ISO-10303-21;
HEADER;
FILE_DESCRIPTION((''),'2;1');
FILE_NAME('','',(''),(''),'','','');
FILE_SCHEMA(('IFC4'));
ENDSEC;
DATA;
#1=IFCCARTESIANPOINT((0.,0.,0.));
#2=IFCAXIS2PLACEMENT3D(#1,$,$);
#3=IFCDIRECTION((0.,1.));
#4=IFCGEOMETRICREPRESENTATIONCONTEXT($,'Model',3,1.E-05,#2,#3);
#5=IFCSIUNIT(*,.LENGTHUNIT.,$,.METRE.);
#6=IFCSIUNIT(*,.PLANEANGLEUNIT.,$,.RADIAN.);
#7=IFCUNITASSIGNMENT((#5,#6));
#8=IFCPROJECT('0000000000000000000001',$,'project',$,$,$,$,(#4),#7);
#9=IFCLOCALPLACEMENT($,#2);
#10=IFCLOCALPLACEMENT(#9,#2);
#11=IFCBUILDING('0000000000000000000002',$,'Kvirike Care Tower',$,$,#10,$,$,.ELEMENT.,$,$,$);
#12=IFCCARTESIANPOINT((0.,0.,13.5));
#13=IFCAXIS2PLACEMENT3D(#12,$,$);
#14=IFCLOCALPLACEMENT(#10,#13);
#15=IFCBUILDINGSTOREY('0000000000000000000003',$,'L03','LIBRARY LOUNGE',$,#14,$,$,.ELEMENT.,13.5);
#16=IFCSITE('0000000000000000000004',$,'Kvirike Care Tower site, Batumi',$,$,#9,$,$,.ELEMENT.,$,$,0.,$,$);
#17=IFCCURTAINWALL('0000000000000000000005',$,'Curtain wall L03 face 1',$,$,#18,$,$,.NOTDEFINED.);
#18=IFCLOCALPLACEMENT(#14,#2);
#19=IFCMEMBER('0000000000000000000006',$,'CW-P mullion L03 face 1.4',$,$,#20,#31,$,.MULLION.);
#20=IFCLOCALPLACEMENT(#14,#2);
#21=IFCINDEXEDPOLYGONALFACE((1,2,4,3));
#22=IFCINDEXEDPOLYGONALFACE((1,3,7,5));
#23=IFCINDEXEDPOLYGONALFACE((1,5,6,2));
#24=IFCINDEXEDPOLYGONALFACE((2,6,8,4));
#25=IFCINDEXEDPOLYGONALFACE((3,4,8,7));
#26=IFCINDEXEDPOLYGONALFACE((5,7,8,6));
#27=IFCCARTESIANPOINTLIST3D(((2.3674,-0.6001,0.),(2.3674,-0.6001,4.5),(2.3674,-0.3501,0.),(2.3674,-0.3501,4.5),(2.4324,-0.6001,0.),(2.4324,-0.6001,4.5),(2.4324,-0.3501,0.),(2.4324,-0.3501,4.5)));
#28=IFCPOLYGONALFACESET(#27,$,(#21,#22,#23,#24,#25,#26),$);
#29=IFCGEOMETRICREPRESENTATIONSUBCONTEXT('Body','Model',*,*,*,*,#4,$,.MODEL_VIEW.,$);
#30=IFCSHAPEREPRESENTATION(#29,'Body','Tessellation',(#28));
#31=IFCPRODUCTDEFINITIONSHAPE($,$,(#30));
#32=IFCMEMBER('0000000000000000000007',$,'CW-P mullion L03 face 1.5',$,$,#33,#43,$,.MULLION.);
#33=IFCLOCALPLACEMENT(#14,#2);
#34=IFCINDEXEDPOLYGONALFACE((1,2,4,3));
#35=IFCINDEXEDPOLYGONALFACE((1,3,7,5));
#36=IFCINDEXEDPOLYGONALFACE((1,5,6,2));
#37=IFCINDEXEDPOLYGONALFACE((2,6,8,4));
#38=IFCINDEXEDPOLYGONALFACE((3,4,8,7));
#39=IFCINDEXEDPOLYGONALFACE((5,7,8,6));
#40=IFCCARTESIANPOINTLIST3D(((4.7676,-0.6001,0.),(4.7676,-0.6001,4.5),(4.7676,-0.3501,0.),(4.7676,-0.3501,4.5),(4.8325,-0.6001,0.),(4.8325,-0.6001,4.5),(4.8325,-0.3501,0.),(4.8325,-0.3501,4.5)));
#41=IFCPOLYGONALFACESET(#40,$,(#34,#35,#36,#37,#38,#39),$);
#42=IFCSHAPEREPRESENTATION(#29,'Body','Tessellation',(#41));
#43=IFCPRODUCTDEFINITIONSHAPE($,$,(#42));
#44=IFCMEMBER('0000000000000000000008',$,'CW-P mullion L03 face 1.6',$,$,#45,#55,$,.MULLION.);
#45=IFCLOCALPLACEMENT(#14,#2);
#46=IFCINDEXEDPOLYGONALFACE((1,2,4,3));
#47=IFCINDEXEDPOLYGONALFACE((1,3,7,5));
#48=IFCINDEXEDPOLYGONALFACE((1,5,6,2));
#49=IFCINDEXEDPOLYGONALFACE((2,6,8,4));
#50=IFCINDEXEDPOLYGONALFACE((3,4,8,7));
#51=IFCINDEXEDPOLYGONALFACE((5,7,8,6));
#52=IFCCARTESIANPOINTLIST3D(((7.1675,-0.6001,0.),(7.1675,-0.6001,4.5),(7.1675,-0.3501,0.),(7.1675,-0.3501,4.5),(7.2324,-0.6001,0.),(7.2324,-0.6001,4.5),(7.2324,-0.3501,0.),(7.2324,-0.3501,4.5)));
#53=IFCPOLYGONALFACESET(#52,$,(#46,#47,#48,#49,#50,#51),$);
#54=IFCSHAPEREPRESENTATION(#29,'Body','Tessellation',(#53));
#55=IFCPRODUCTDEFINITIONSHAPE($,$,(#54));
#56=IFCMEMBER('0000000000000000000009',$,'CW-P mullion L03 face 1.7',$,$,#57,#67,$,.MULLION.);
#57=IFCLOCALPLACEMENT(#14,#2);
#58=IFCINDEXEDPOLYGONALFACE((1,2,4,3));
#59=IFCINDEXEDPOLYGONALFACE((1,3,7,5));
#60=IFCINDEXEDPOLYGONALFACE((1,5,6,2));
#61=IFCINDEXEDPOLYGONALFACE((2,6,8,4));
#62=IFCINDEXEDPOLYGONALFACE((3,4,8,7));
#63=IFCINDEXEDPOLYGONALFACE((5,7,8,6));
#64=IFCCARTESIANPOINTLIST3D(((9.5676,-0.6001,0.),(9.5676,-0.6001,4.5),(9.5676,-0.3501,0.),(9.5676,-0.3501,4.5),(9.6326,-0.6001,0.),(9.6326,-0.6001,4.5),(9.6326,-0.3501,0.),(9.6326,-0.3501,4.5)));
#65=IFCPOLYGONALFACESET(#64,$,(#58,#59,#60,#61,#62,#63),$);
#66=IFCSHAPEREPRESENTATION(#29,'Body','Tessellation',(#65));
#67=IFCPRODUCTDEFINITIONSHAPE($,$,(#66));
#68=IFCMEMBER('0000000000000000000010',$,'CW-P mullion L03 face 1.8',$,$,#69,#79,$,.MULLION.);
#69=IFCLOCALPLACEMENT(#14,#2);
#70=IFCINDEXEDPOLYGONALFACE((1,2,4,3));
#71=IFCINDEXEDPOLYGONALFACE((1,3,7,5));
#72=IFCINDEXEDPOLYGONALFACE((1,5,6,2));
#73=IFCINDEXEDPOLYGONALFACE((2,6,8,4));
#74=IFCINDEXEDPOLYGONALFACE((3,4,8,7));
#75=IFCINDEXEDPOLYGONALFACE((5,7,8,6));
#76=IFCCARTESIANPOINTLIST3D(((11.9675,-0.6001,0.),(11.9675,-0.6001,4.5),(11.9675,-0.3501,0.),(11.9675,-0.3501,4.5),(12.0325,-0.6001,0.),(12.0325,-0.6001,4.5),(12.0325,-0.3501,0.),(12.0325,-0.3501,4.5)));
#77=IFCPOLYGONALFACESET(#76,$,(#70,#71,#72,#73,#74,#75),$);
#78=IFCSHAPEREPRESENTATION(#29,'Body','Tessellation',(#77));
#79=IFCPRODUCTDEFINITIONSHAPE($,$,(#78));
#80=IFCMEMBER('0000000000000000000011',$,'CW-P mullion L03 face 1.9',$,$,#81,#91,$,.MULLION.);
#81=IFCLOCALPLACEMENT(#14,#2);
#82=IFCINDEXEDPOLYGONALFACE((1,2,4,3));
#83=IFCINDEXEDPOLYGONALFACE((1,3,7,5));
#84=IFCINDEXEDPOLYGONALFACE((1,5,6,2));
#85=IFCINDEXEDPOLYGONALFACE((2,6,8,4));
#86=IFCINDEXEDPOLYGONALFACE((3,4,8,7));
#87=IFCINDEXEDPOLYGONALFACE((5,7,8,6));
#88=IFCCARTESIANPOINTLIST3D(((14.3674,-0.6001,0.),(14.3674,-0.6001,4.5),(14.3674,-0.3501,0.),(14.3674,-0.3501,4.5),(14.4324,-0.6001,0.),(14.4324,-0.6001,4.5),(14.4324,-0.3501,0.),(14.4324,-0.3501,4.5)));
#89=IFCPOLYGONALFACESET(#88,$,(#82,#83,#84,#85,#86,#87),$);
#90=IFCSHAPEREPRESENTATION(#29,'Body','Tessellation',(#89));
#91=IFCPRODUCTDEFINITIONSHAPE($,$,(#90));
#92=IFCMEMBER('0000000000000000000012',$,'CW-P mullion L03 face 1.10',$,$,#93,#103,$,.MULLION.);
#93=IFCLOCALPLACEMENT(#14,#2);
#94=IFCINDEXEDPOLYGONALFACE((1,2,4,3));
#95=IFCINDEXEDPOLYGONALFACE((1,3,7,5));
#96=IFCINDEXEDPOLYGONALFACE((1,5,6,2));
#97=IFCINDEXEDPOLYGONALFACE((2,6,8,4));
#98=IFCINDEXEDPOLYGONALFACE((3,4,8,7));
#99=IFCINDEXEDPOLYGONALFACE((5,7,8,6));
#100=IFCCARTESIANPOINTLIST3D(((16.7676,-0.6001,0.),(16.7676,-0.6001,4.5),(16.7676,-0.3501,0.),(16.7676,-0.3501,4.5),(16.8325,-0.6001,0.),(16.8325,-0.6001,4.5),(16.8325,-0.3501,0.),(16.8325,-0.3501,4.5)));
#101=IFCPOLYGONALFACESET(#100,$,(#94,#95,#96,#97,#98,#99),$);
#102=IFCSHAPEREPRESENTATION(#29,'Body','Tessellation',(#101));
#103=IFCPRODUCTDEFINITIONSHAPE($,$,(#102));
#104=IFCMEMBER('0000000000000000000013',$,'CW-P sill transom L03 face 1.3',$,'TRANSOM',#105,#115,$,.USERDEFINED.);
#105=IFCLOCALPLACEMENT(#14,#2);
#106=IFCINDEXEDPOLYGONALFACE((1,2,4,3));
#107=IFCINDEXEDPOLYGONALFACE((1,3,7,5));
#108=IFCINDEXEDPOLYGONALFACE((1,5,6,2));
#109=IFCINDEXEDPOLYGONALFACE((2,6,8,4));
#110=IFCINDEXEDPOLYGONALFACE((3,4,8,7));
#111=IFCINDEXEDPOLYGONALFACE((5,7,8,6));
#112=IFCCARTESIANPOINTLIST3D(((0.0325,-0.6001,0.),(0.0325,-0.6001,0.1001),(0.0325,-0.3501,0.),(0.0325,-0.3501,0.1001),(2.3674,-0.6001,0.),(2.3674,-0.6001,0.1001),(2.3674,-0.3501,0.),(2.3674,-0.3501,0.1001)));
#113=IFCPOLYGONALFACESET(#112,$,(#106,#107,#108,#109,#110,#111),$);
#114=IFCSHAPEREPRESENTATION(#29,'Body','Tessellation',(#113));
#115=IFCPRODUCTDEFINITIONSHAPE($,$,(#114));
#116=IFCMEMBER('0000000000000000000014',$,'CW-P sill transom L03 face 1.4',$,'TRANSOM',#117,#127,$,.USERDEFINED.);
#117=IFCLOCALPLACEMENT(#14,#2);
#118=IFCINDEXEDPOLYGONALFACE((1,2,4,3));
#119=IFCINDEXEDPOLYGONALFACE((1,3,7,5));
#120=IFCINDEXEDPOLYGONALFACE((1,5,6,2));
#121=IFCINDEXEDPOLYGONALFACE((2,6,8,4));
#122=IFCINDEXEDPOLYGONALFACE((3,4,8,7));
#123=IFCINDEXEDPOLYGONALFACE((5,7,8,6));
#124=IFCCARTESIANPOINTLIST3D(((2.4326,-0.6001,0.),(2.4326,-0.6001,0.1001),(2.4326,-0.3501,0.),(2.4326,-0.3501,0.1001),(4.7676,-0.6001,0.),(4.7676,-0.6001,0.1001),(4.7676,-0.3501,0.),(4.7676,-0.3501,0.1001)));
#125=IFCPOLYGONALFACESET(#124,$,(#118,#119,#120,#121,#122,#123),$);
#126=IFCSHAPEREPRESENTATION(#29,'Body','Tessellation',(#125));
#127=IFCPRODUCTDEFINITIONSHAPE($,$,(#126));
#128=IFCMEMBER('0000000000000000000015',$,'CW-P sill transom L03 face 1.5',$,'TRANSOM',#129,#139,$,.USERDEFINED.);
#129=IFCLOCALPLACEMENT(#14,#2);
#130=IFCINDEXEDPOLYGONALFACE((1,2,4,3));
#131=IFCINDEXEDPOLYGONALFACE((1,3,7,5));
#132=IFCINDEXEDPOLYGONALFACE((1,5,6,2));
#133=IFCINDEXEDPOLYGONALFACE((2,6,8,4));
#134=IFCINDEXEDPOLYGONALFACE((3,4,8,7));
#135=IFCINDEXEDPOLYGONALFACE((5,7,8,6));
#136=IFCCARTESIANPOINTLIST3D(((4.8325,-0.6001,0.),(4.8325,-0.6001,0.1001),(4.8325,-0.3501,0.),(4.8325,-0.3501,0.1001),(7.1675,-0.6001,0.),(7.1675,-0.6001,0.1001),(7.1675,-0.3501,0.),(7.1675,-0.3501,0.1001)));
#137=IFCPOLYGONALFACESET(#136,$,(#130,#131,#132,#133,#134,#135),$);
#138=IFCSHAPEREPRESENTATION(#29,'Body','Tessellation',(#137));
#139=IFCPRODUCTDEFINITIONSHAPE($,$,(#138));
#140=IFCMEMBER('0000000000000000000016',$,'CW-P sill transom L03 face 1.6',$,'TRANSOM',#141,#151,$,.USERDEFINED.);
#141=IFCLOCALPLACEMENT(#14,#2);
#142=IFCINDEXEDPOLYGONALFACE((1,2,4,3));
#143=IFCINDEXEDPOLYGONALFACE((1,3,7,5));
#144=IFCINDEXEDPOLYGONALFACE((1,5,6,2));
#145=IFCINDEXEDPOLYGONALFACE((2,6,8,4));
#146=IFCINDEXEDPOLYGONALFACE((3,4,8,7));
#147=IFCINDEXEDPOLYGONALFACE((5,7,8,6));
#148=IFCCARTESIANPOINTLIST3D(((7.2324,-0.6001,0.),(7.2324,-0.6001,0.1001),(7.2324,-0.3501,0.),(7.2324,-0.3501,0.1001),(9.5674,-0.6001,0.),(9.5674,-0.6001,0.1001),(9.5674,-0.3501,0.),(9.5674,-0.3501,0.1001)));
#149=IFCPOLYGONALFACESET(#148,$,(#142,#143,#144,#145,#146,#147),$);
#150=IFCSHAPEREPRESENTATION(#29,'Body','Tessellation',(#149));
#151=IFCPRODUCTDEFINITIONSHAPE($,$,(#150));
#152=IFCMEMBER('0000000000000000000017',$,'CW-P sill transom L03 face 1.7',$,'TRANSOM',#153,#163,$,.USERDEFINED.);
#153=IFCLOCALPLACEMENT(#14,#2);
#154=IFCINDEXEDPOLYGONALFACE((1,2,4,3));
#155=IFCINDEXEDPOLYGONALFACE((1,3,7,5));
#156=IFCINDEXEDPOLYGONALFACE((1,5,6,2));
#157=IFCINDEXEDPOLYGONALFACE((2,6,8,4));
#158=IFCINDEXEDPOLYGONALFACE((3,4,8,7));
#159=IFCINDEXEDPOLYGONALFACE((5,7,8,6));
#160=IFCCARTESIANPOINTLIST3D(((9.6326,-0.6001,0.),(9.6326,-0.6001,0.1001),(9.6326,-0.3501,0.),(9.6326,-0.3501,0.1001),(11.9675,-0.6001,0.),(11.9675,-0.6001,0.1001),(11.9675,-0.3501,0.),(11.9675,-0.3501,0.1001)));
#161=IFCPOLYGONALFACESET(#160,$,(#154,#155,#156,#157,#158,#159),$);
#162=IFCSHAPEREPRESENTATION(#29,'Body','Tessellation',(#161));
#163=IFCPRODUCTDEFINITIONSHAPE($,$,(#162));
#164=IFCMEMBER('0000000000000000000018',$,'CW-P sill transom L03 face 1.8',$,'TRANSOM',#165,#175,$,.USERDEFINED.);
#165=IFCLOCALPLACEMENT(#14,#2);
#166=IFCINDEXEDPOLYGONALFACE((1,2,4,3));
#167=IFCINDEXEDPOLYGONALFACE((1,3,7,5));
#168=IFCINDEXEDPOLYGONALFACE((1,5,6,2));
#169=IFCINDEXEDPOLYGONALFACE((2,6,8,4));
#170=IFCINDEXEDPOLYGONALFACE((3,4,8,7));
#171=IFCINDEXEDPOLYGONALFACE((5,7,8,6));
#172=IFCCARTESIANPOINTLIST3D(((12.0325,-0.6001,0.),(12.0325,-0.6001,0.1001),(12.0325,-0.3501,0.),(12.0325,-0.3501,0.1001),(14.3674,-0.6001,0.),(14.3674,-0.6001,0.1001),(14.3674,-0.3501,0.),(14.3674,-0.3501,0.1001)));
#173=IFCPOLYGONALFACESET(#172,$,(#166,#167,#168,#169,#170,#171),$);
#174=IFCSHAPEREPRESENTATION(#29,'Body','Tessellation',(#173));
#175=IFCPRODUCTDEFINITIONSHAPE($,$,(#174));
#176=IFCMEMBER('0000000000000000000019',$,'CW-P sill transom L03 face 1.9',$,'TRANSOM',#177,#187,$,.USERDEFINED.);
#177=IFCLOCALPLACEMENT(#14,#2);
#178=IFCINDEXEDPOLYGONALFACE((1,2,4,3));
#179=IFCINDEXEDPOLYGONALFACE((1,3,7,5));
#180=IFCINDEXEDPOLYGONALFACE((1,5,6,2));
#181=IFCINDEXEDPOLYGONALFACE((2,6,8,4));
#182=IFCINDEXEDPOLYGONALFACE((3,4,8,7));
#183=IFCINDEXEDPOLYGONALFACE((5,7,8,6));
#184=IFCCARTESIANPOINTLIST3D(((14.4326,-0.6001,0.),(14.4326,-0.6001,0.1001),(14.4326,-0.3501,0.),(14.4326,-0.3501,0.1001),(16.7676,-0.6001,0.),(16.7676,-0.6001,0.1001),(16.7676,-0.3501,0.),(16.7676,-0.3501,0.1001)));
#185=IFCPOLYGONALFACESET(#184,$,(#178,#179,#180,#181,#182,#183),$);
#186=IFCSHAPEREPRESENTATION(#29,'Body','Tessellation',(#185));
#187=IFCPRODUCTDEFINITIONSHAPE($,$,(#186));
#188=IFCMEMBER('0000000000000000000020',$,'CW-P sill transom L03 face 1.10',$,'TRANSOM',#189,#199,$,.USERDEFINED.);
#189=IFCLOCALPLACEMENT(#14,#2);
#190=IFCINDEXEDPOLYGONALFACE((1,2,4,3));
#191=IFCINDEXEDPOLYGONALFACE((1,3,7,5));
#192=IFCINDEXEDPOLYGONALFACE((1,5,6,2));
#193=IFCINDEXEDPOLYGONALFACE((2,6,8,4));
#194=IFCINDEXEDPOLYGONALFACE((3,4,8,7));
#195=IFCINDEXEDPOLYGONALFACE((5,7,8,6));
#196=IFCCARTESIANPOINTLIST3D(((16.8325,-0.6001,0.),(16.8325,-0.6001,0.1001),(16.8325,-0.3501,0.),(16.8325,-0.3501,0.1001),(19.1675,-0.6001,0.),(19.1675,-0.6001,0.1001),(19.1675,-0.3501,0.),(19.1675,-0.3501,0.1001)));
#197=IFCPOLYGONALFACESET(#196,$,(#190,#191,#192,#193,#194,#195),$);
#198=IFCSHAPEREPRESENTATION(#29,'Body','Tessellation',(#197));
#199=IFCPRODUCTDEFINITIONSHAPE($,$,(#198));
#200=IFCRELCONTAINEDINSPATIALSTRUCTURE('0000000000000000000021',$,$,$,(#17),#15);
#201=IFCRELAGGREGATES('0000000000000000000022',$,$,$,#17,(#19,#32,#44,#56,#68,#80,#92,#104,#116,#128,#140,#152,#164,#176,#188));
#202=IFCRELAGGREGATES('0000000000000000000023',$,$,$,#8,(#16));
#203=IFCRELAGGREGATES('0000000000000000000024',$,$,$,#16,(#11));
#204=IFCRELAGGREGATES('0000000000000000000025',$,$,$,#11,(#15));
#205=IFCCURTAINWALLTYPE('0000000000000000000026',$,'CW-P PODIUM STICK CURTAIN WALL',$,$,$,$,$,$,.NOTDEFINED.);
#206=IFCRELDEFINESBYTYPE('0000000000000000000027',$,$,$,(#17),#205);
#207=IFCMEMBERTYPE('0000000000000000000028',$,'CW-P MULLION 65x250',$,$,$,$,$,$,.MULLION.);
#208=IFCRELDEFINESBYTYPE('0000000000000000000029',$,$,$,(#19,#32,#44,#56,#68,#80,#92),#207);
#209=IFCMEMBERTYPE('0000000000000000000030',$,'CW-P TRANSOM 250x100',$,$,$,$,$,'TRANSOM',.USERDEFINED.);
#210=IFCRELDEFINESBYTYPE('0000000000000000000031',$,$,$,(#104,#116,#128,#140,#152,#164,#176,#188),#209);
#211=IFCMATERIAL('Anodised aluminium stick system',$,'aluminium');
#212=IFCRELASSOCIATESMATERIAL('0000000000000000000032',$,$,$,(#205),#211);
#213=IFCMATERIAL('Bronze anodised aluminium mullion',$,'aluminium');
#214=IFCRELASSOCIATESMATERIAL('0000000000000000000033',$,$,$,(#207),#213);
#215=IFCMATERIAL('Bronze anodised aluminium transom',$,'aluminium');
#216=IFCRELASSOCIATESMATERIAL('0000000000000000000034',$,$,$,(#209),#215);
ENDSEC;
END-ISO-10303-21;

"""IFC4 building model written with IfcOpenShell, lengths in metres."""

from ifc_helpers import new_model, si_unit, direction, frame, origin, origin_2d, place, context, subcontext, project, spatial, rectangle, extrude, material, material_profile, profile_set, type_object, element, aggregate, save


model = new_model("IFC4")

# Units and contexts
model_context = context("Model", 3, precision=1e-05, world=origin(), true_north=direction((0.0, 1.0)))
body_context = subcontext(model_context, "Body", "Model", "MODEL_VIEW")
ifc_project = project(units=[si_unit("LENGTHUNIT", "METRE"), si_unit("PLANEANGLEUNIT", "RADIAN")], contexts=[model_context])

# Site, building, storey
site_placement = place(None, origin())
site = spatial("IfcSite", under=ifc_project, at=site_placement, Name="Kvirike Care Tower site, Batumi", CompositionType="ELEMENT", RefElevation=0.0)
building_placement = place(site_placement, origin())
building = spatial("IfcBuilding", under=site, at=building_placement, Name="Kvirike Care Tower", CompositionType="ELEMENT")
storey_placement = place(building_placement, frame((0.0, 0.0, 13.5)))
storey = spatial("IfcBuildingStorey", under=building, at=storey_placement, Name="L03", Description="LIBRARY LOUNGE", CompositionType="ELEMENT", Elevation=13.5)

# Curtain wall, members
ifc_material_1 = material(Name="Anodised aluminium stick system", Category="aluminium")
curtain_wall_type = type_object("IfcCurtainWallType", Name="CW-P PODIUM STICK CURTAIN WALL", PredefinedType="NOTDEFINED", material=ifc_material_1)
curtain_wall_placement = place(storey_placement, origin())
curtain_wall = element("IfcCurtainWall", 1, at=curtain_wall_placement, inside=storey, type_object=curtain_wall_type, Name="Curtain wall L03 face 1", PredefinedType="NOTDEFINED")
ifc_material_2 = material(Name="Bronze anodised aluminium mullion", Category="aluminium")
ifc_material_profile_1 = material_profile(ifc_material_2, rectangle(XDim=0.0649, YDim=0.25, at=origin_2d()), Name="CW-P MULLION 65x250")
ifc_profile_set_1 = profile_set([ifc_material_profile_1], Name="Bronze anodised aluminium mullion")
member_type_1 = type_object("IfcMemberType", Name="CW-P MULLION 65x250", PredefinedType="MULLION", material=ifc_profile_set_1)
member_1_placement = place(storey_placement, frame((2.3999, -0.4751, 0.0), z_axis=(0.0, 0.0, 1.0), x_axis=(1.0, 0.0, 0.0)))
member_1 = element("IfcMember", 2, at=member_1_placement, type_object=member_type_1, Name="CW-P mullion L03 face 1.4", PredefinedType="MULLION", context=body_context, shape_type="SweptSolid", body=[
    extrude(rectangle(XDim=0.0649, YDim=0.25, at=origin_2d()), origin(), (0.0, 0.0, 1.0), 4.5),
])
member_2_placement = place(storey_placement, frame((4.8, -0.4751, 0.0), z_axis=(0.0, 0.0, 1.0), x_axis=(1.0, 0.0, 0.0)))
member_2 = element("IfcMember", 3, at=member_2_placement, type_object=member_type_1, Name="CW-P mullion L03 face 1.5", PredefinedType="MULLION", context=body_context, shape_type="SweptSolid", body=[
    extrude(rectangle(XDim=0.0649, YDim=0.25, at=origin_2d()), origin(), (0.0, 0.0, 1.0), 4.5),
])
member_3_placement = place(storey_placement, frame((7.2, -0.4751, 0.0), z_axis=(0.0, 0.0, 1.0), x_axis=(1.0, 0.0, 0.0)))
member_3 = element("IfcMember", 4, at=member_3_placement, type_object=member_type_1, Name="CW-P mullion L03 face 1.6", PredefinedType="MULLION", context=body_context, shape_type="SweptSolid", body=[
    extrude(rectangle(XDim=0.0649, YDim=0.25, at=origin_2d()), origin(), (0.0, 0.0, 1.0), 4.5),
])
member_4_placement = place(storey_placement, frame((9.6001, -0.4751, 0.0), z_axis=(0.0, 0.0, 1.0), x_axis=(1.0, 0.0, 0.0)))
member_4 = element("IfcMember", 5, at=member_4_placement, type_object=member_type_1, Name="CW-P mullion L03 face 1.7", PredefinedType="MULLION", context=body_context, shape_type="SweptSolid", body=[
    extrude(rectangle(XDim=0.0649, YDim=0.25, at=origin_2d()), origin(), (0.0, 0.0, 1.0), 4.5),
])
member_5_placement = place(storey_placement, frame((12.0, -0.4751, 0.0), z_axis=(0.0, 0.0, 1.0), x_axis=(1.0, 0.0, 0.0)))
member_5 = element("IfcMember", 6, at=member_5_placement, type_object=member_type_1, Name="CW-P mullion L03 face 1.8", PredefinedType="MULLION", context=body_context, shape_type="SweptSolid", body=[
    extrude(rectangle(XDim=0.0649, YDim=0.25, at=origin_2d()), origin(), (0.0, 0.0, 1.0), 4.5),
])
member_6_placement = place(storey_placement, frame((14.3999, -0.4751, 0.0), z_axis=(0.0, 0.0, 1.0), x_axis=(1.0, 0.0, 0.0)))
member_6 = element("IfcMember", 7, at=member_6_placement, type_object=member_type_1, Name="CW-P mullion L03 face 1.9", PredefinedType="MULLION", context=body_context, shape_type="SweptSolid", body=[
    extrude(rectangle(XDim=0.0649, YDim=0.25, at=origin_2d()), origin(), (0.0, 0.0, 1.0), 4.5),
])
member_7_placement = place(storey_placement, frame((16.8, -0.4751, 0.0), z_axis=(0.0, 0.0, 1.0), x_axis=(1.0, 0.0, 0.0)))
member_7 = element("IfcMember", 8, at=member_7_placement, type_object=member_type_1, Name="CW-P mullion L03 face 1.10", PredefinedType="MULLION", context=body_context, shape_type="SweptSolid", body=[
    extrude(rectangle(XDim=0.0649, YDim=0.25, at=origin_2d()), origin(), (0.0, 0.0, 1.0), 4.5),
])
ifc_material_3 = material(Name="Bronze anodised aluminium transom", Category="aluminium")
ifc_material_profile_2 = material_profile(ifc_material_3, rectangle(XDim=0.25, YDim=0.1001, at=origin_2d()), Name="CW-P TRANSOM 250x100")
ifc_profile_set_2 = profile_set([ifc_material_profile_2], Name="Bronze anodised aluminium transom")
member_type_2 = type_object("IfcMemberType", Name="CW-P TRANSOM 250x100", ElementType="TRANSOM", PredefinedType="USERDEFINED", material=ifc_profile_set_2)
member_8_placement = place(storey_placement, frame((0.0325, -0.4751, 0.05), z_axis=(1.0, 0.0, 0.0), x_axis=(0.0, 1.0, 0.0)))
member_8 = element("IfcMember", 9, at=member_8_placement, type_object=member_type_2, Name="CW-P sill transom L03 face 1.3", ObjectType="TRANSOM", PredefinedType="USERDEFINED", context=body_context, shape_type="SweptSolid", body=[
    extrude(rectangle(XDim=0.25, YDim=0.1001, at=origin_2d()), origin(), (0.0, 0.0, 1.0), 2.335),
])
member_9_placement = place(storey_placement, frame((2.4326, -0.4751, 0.05), z_axis=(1.0, 0.0, 0.0), x_axis=(0.0, 1.0, 0.0)))
member_9 = element("IfcMember", 10, at=member_9_placement, type_object=member_type_2, Name="CW-P sill transom L03 face 1.4", ObjectType="TRANSOM", PredefinedType="USERDEFINED", context=body_context, shape_type="SweptSolid", body=[
    extrude(rectangle(XDim=0.25, YDim=0.1001, at=origin_2d()), origin(), (0.0, 0.0, 1.0), 2.335),
])
member_10_placement = place(storey_placement, frame((4.8325, -0.4751, 0.05), z_axis=(1.0, 0.0, 0.0), x_axis=(0.0, 1.0, 0.0)))
member_10 = element("IfcMember", 11, at=member_10_placement, type_object=member_type_2, Name="CW-P sill transom L03 face 1.5", ObjectType="TRANSOM", PredefinedType="USERDEFINED", context=body_context, shape_type="SweptSolid", body=[
    extrude(rectangle(XDim=0.25, YDim=0.1001, at=origin_2d()), origin(), (0.0, 0.0, 1.0), 2.335),
])
member_11_placement = place(storey_placement, frame((7.2324, -0.4751, 0.05), z_axis=(1.0, 0.0, 0.0), x_axis=(0.0, 1.0, 0.0)))
member_11 = element("IfcMember", 12, at=member_11_placement, type_object=member_type_2, Name="CW-P sill transom L03 face 1.6", ObjectType="TRANSOM", PredefinedType="USERDEFINED", context=body_context, shape_type="SweptSolid", body=[
    extrude(rectangle(XDim=0.25, YDim=0.1001, at=origin_2d()), origin(), (0.0, 0.0, 1.0), 2.335),
])
member_12_placement = place(storey_placement, frame((9.6326, -0.4751, 0.05), z_axis=(1.0, 0.0, 0.0), x_axis=(0.0, 1.0, 0.0)))
member_12 = element("IfcMember", 13, at=member_12_placement, type_object=member_type_2, Name="CW-P sill transom L03 face 1.7", ObjectType="TRANSOM", PredefinedType="USERDEFINED", context=body_context, shape_type="SweptSolid", body=[
    extrude(rectangle(XDim=0.25, YDim=0.1001, at=origin_2d()), origin(), (0.0, 0.0, 1.0), 2.335),
])
member_13_placement = place(storey_placement, frame((12.0325, -0.4751, 0.05), z_axis=(1.0, 0.0, 0.0), x_axis=(0.0, 1.0, 0.0)))
member_13 = element("IfcMember", 14, at=member_13_placement, type_object=member_type_2, Name="CW-P sill transom L03 face 1.8", ObjectType="TRANSOM", PredefinedType="USERDEFINED", context=body_context, shape_type="SweptSolid", body=[
    extrude(rectangle(XDim=0.25, YDim=0.1001, at=origin_2d()), origin(), (0.0, 0.0, 1.0), 2.335),
])
member_14_placement = place(storey_placement, frame((14.4326, -0.4751, 0.05), z_axis=(1.0, 0.0, 0.0), x_axis=(0.0, 1.0, 0.0)))
member_14 = element("IfcMember", 15, at=member_14_placement, type_object=member_type_2, Name="CW-P sill transom L03 face 1.9", ObjectType="TRANSOM", PredefinedType="USERDEFINED", context=body_context, shape_type="SweptSolid", body=[
    extrude(rectangle(XDim=0.25, YDim=0.1001, at=origin_2d()), origin(), (0.0, 0.0, 1.0), 2.335),
])
member_15_placement = place(storey_placement, frame((16.8325, -0.4751, 0.05), z_axis=(1.0, 0.0, 0.0), x_axis=(0.0, 1.0, 0.0)))
member_15 = element("IfcMember", 16, at=member_15_placement, type_object=member_type_2, Name="CW-P sill transom L03 face 1.10", ObjectType="TRANSOM", PredefinedType="USERDEFINED", context=body_context, shape_type="SweptSolid", body=[
    extrude(rectangle(XDim=0.25, YDim=0.1001, at=origin_2d()), origin(), (0.0, 0.0, 1.0), 2.335),
])
aggregate(curtain_wall, [member_1, member_2, member_3, member_4, member_5, member_6, member_7, member_8, member_9, member_10, member_11, member_12, member_13, member_14, member_15])

save(model, "model.ifc")
